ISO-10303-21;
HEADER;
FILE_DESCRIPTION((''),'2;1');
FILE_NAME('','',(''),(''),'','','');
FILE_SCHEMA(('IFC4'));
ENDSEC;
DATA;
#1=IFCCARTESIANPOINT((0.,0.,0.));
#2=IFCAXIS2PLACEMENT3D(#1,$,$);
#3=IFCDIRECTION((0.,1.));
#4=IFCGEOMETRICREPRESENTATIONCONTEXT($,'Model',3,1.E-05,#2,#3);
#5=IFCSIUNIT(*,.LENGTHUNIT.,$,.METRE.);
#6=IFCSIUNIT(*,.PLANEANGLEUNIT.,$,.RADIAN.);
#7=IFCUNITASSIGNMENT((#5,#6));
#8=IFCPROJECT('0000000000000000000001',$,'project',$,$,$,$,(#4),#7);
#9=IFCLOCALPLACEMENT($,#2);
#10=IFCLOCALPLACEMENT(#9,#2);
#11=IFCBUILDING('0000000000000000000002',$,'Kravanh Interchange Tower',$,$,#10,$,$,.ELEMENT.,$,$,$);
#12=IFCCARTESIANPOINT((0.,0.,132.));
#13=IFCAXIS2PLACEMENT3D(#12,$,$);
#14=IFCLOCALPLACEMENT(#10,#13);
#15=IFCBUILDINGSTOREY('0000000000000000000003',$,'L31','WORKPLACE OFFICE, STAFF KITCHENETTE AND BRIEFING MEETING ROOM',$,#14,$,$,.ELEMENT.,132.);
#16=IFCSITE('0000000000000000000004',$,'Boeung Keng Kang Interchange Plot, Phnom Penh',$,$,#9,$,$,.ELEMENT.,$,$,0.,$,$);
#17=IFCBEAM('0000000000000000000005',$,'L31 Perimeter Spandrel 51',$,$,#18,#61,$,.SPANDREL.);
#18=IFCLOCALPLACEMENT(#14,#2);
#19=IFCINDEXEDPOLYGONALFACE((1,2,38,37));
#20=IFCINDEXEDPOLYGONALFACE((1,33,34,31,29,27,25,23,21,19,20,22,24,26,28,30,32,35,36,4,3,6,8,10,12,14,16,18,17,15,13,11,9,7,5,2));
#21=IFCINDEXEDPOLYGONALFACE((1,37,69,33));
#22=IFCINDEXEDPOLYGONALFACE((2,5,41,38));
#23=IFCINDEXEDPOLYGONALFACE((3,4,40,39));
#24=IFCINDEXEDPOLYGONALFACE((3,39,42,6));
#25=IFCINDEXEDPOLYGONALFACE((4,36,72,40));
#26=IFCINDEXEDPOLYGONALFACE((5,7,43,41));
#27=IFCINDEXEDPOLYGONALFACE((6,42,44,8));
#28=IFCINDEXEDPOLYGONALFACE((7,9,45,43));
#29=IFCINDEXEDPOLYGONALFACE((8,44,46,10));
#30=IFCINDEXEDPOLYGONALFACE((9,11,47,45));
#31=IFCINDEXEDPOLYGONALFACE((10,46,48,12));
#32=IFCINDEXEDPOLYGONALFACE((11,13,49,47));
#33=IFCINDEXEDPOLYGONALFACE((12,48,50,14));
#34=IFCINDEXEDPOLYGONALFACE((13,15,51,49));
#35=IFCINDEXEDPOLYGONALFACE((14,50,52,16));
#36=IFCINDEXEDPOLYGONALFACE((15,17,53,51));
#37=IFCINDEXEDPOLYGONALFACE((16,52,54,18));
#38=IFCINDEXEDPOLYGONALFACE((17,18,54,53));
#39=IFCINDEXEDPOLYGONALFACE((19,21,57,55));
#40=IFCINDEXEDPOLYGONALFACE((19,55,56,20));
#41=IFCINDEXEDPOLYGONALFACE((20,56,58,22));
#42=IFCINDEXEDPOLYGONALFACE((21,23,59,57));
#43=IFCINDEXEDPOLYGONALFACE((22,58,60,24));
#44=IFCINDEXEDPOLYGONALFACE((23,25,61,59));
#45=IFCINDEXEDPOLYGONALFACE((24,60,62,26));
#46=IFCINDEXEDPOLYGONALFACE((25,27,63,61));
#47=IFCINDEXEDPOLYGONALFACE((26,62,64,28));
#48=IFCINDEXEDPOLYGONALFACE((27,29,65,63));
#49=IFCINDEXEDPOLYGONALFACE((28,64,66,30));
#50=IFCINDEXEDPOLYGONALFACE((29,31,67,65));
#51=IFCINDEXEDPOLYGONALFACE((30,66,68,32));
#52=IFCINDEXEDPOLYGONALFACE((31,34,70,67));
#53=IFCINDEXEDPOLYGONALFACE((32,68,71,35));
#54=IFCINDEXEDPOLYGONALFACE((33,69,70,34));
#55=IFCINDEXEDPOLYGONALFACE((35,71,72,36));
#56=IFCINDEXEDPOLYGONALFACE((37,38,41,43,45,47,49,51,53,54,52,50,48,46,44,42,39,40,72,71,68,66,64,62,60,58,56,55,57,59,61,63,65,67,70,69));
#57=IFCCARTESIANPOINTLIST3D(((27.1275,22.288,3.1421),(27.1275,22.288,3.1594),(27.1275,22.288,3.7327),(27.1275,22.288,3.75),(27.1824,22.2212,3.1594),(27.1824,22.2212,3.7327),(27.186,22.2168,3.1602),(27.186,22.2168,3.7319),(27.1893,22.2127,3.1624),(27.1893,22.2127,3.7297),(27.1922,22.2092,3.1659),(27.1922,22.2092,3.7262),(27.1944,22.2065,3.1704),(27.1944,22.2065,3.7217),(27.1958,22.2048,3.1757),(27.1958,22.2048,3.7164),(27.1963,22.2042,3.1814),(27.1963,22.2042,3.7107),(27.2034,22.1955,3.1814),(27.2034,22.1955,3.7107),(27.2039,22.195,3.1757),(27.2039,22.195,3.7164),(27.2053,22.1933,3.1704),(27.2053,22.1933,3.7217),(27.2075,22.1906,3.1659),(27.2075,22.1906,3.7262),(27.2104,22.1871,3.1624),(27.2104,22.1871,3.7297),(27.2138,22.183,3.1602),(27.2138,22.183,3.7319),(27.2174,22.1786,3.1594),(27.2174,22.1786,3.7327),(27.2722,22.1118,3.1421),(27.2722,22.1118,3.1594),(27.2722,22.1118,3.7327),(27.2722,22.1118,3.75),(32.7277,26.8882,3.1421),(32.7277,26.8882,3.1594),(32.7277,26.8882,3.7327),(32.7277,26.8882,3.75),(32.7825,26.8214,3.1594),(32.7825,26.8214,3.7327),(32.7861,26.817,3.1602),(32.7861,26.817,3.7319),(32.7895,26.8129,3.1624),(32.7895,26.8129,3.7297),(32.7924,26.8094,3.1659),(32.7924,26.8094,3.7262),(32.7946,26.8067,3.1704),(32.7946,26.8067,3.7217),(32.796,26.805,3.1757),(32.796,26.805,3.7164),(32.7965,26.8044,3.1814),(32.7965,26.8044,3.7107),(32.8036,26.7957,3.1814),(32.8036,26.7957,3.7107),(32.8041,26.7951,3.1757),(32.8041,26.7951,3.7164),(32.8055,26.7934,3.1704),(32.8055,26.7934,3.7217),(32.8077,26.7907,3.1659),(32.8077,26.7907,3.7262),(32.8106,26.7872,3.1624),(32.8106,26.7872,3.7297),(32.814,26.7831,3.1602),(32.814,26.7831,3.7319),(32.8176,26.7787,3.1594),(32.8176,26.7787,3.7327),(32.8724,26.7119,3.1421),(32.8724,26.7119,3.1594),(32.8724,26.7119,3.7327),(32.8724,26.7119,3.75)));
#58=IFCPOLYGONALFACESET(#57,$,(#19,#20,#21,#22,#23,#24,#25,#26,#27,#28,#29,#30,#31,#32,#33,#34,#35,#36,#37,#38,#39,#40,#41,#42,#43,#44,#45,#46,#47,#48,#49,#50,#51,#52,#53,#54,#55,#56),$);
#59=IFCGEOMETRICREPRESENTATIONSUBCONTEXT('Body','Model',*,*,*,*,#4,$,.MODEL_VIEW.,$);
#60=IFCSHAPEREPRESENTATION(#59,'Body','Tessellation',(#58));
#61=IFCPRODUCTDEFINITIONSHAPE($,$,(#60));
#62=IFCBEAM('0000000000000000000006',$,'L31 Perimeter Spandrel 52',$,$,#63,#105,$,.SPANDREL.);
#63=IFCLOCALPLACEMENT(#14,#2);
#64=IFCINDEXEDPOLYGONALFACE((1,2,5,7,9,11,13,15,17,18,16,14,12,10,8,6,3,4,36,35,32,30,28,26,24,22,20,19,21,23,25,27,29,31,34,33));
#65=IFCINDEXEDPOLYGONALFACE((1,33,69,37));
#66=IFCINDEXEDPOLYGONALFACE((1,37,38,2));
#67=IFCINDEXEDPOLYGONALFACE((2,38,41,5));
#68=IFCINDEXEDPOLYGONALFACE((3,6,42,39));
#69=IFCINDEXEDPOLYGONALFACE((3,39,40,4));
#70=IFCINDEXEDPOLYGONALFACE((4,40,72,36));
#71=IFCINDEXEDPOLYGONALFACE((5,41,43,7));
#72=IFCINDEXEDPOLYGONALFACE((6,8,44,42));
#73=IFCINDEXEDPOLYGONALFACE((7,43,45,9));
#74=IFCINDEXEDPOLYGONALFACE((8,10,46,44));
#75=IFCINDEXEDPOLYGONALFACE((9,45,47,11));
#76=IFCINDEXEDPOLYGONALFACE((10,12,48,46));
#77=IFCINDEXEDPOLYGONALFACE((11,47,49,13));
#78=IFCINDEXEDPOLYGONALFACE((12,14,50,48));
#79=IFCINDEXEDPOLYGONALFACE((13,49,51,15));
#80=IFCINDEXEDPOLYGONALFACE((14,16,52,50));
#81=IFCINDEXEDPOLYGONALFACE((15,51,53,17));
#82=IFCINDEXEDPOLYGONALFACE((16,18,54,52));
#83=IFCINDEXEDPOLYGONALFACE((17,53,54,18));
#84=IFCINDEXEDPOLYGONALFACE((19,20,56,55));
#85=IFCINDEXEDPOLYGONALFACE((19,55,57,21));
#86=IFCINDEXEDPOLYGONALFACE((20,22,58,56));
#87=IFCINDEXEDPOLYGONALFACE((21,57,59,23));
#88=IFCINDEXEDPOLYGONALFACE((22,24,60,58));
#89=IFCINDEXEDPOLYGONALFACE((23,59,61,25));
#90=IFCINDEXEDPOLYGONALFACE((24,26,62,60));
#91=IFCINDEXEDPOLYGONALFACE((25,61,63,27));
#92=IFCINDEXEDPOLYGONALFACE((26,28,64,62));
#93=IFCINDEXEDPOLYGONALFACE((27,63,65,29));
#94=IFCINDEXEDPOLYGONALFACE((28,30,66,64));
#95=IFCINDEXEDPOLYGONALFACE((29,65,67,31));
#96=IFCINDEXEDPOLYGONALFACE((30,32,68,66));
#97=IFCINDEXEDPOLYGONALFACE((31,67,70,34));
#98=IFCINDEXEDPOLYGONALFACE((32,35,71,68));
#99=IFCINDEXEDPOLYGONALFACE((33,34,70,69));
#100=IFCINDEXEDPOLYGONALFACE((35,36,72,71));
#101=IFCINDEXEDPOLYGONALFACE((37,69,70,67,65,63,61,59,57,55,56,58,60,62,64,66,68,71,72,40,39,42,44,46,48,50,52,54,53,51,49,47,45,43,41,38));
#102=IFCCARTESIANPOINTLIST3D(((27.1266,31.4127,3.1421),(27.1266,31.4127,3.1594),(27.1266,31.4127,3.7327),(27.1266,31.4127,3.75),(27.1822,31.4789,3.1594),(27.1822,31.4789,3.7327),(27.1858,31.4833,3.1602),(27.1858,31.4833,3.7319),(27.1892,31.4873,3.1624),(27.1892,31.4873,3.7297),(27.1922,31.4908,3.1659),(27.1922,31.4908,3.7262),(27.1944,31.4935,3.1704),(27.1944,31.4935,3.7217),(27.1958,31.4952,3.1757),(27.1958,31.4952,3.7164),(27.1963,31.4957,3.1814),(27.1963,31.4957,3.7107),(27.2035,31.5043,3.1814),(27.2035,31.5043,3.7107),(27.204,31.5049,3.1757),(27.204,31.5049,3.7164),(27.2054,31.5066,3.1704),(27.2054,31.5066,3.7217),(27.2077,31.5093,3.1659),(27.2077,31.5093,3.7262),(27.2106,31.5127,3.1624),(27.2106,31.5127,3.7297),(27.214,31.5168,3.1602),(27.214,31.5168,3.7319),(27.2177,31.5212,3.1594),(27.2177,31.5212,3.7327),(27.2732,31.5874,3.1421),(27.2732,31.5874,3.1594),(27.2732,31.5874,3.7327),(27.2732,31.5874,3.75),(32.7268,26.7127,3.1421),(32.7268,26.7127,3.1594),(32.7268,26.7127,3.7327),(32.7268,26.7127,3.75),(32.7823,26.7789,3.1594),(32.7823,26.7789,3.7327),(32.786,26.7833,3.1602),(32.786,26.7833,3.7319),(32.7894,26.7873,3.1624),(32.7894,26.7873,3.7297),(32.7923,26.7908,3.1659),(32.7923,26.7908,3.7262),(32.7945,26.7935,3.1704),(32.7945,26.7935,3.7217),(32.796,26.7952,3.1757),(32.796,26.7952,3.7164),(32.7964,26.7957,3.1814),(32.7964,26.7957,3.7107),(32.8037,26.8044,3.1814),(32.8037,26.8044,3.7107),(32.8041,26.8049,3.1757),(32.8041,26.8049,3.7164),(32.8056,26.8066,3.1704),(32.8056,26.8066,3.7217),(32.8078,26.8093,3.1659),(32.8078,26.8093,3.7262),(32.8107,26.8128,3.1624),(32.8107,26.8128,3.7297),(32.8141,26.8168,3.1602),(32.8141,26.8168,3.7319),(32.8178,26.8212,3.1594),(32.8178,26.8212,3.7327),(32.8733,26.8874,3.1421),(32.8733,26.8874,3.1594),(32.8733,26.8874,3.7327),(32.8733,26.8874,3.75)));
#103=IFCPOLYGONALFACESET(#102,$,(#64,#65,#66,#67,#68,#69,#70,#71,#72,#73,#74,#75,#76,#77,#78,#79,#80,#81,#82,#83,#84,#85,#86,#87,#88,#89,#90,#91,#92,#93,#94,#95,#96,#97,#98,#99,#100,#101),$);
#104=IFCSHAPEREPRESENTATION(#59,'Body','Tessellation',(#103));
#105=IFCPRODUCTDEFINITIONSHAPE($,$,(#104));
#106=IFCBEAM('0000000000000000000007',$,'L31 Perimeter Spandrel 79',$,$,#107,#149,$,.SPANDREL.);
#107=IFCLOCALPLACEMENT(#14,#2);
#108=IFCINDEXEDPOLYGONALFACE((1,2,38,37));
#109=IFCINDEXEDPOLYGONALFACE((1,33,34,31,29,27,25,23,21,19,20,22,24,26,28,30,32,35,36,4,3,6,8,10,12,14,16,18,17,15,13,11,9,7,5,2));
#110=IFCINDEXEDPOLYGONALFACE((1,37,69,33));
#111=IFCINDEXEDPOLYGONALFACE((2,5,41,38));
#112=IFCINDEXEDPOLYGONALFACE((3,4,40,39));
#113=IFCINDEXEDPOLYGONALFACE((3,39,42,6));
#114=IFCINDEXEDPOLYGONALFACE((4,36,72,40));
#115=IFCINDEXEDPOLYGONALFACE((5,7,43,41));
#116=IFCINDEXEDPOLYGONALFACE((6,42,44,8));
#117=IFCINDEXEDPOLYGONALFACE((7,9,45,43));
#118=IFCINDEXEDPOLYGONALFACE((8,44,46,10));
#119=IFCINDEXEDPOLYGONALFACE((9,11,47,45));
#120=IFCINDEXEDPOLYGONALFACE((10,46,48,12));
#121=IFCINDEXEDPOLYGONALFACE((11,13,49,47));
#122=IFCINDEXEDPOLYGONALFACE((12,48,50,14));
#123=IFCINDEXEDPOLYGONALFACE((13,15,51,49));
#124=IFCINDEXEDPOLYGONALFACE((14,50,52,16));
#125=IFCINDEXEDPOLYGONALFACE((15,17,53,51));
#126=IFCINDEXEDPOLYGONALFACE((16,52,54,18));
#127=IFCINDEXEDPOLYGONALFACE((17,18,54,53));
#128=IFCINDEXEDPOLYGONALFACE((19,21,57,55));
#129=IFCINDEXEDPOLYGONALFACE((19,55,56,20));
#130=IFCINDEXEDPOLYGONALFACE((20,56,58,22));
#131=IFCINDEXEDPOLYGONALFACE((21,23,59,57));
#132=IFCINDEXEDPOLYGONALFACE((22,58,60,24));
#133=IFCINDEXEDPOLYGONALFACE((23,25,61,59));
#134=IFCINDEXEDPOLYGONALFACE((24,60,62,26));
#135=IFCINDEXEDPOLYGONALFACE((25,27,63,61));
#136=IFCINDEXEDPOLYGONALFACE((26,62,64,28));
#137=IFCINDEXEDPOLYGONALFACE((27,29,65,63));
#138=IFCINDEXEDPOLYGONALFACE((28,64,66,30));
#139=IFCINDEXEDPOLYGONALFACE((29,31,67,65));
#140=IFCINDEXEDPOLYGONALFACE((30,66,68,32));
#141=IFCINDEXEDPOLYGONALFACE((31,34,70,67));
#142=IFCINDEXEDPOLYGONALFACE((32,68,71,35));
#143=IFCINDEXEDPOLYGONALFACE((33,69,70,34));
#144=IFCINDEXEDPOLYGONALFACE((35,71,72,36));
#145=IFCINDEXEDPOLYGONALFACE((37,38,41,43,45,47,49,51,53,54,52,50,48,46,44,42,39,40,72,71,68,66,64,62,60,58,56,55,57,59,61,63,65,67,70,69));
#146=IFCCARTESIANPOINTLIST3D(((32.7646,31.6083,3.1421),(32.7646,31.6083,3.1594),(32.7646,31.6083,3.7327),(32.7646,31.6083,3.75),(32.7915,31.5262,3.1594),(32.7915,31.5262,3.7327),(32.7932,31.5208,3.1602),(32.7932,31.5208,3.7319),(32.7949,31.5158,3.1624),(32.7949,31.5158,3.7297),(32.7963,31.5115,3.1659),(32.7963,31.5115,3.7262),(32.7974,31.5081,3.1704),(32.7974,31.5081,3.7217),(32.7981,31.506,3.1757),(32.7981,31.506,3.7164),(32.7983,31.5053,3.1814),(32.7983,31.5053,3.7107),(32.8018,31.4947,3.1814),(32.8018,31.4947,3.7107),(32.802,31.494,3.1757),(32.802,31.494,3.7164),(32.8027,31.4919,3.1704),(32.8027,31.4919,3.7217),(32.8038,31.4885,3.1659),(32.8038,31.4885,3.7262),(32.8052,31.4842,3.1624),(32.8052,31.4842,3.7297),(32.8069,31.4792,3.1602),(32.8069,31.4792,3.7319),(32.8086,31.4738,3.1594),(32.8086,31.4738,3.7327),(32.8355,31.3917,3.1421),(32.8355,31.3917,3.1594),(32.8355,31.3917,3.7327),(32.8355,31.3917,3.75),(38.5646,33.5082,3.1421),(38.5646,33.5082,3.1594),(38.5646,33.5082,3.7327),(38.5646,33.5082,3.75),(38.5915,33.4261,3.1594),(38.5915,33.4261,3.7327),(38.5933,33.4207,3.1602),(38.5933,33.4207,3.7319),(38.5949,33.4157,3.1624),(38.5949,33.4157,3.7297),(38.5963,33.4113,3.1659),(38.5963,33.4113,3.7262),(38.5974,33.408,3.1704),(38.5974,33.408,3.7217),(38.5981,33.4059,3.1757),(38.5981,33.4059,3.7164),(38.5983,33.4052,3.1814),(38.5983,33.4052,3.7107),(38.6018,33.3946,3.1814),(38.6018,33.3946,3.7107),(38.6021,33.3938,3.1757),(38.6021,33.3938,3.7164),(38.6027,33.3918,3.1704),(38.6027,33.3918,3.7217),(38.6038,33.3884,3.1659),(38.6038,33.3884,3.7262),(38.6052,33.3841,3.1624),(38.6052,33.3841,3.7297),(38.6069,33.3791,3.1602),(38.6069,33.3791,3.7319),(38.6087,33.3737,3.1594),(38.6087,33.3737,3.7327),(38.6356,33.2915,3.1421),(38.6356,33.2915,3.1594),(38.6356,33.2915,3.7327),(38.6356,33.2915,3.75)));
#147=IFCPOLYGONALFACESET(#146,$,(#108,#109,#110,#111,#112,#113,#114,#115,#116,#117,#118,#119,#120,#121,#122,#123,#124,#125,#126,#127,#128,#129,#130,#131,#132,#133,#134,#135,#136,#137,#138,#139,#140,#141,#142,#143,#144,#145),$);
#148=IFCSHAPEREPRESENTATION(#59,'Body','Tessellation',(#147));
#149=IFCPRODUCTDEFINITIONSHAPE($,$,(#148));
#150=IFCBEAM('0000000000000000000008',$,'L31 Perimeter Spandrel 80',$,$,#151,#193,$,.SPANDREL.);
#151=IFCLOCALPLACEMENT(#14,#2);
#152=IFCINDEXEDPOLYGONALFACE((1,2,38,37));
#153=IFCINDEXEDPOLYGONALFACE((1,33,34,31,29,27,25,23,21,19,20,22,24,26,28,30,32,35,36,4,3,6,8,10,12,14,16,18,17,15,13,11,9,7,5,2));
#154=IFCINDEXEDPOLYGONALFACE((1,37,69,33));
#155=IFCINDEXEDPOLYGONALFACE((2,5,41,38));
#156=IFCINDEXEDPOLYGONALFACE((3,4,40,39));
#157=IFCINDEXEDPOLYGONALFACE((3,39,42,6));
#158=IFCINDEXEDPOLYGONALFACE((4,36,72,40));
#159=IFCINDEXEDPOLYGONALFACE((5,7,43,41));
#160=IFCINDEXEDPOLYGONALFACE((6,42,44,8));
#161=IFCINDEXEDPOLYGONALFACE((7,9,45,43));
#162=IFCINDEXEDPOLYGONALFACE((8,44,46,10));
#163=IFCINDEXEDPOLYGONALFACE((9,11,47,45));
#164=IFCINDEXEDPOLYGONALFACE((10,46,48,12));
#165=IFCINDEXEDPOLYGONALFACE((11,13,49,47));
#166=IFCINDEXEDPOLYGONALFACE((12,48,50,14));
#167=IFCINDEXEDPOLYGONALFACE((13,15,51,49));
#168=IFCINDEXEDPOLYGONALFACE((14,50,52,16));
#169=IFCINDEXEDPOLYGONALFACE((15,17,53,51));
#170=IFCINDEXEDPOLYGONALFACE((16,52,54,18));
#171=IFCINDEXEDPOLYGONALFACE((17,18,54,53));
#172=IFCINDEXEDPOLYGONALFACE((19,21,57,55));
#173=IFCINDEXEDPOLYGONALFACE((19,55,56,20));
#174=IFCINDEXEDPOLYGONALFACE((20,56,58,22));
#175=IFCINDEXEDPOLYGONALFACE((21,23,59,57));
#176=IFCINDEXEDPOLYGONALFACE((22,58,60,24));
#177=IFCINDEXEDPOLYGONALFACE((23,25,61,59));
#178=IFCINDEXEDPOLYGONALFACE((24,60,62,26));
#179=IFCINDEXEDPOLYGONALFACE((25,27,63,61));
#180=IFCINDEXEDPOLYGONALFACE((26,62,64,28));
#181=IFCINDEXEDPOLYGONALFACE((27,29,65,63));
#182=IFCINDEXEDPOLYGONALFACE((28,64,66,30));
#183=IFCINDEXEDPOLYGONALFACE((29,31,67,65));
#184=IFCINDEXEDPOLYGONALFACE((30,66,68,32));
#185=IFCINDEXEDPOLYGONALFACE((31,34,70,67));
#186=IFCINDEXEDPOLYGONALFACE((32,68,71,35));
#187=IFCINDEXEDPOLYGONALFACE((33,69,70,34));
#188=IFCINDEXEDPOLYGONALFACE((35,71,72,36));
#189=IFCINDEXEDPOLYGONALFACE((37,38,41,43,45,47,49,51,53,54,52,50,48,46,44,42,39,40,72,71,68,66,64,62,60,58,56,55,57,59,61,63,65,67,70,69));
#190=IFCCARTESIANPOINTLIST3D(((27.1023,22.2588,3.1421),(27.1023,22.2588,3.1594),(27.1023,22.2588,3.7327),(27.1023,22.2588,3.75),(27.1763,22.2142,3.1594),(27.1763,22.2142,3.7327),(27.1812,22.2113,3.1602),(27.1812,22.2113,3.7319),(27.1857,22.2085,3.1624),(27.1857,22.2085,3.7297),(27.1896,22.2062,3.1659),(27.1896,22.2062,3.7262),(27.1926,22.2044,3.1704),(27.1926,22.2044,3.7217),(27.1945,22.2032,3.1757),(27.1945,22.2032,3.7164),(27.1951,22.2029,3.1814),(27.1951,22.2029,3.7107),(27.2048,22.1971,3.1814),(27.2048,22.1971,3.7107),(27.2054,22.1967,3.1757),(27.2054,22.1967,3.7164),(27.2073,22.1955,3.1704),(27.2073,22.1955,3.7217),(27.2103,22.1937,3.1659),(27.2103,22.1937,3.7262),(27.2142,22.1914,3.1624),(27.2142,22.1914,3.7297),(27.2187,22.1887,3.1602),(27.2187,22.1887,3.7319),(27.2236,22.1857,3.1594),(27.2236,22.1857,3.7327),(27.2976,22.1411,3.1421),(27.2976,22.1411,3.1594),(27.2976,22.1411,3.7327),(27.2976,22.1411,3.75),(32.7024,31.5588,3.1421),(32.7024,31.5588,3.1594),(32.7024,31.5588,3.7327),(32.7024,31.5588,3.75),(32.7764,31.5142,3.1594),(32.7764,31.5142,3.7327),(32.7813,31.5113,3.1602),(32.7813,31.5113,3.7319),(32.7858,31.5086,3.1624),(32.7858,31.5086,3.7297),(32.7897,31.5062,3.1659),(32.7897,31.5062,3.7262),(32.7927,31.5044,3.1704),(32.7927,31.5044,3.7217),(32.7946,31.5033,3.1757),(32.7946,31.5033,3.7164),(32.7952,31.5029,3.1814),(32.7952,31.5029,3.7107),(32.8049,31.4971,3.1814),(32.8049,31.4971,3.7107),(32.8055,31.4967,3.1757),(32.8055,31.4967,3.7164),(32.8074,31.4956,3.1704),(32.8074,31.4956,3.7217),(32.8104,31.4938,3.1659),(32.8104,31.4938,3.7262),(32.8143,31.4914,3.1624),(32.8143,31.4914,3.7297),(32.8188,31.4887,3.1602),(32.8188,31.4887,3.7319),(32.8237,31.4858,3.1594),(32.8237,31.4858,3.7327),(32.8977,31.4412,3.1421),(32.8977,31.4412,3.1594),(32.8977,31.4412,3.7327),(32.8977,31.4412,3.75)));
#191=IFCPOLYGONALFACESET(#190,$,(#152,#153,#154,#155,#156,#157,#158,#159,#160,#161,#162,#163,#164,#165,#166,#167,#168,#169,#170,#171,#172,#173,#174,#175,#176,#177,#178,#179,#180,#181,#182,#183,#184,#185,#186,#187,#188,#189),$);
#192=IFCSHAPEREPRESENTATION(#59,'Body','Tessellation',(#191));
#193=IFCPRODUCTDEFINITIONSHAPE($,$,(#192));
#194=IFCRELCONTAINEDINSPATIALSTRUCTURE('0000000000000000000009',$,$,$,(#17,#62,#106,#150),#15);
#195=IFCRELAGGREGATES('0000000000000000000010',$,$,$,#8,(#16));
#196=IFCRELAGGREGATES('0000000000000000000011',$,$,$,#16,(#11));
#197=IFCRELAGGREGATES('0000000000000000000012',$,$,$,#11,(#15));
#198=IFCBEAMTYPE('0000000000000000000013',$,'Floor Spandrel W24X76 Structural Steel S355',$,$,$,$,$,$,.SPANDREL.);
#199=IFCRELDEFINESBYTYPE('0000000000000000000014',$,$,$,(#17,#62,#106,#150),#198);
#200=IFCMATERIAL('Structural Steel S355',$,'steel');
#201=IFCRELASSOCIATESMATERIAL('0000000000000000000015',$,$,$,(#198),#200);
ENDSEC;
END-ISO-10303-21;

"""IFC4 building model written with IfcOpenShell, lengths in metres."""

from ifc_helpers import new_model, si_unit, direction, frame, origin, origin_2d, place, context, subcontext, project, spatial, i_section, extrude, material, material_profile, profile_set, type_object, element, save


model = new_model("IFC4")

# Units and contexts
model_context = context("Model", 3, precision=1e-05, world=origin(), true_north=direction((0.0, 1.0)))
body_context = subcontext(model_context, "Body", "Model", "MODEL_VIEW")
ifc_project = project(units=[si_unit("LENGTHUNIT", "METRE"), si_unit("PLANEANGLEUNIT", "RADIAN")], contexts=[model_context])

# Site, building, storey
site_placement = place(None, origin())
site = spatial("IfcSite", under=ifc_project, at=site_placement, Name="Boeung Keng Kang Interchange Plot, Phnom Penh", CompositionType="ELEMENT", RefElevation=0.0)
building_placement = place(site_placement, origin())
building = spatial("IfcBuilding", under=site, at=building_placement, Name="Kravanh Interchange Tower", CompositionType="ELEMENT")
storey_placement = place(building_placement, frame((0.0, 0.0, 132.0)))
storey = spatial("IfcBuildingStorey", under=building, at=storey_placement, Name="L31", Description="WORKPLACE OFFICE, STAFF KITCHENETTE AND BRIEFING MEETING ROOM", CompositionType="ELEMENT", Elevation=132.0)

# Beams
ifc_material_1 = material(Name="Structural Steel S355", Category="steel")
ifc_material_profile_1 = material_profile(ifc_material_1, i_section(OverallWidth=0.228, OverallDepth=0.6079, WebThickness=0.0112, FlangeThickness=0.0173, FilletRadius=0.022, at=origin_2d()), Name="W24X76")
ifc_profile_set_1 = profile_set([ifc_material_profile_1], Name="Structural Steel S355")
beam_type_1 = type_object("IfcBeamType", Name="Floor Spandrel W24X76 Structural Steel S355", PredefinedType="SPANDREL", material=ifc_profile_set_1)
beam_1_placement = place(storey_placement, frame((32.8, 26.8, 3.446), z_axis=(-0.772725, -0.634741, 0.0), x_axis=(0.634741, -0.772725, 0.0)))
element("IfcBeam", 1, at=beam_1_placement, inside=storey, type_object=beam_type_1, Name="L31 Perimeter Spandrel 51", PredefinedType="SPANDREL", context=body_context, shape_type="SweptSolid", body=[
    extrude(i_section(OverallWidth=0.228, OverallDepth=0.6079, WebThickness=0.0112, FlangeThickness=0.0173, FilletRadius=0.022, at=origin_2d()), origin(), (0.0, 0.0, 1.0), 7.2473),
])
beam_2_placement = place(storey_placement, frame((32.8, 26.8, 3.446), z_axis=(-0.765983, 0.642861, 0.0), x_axis=(-0.642861, -0.765983, 0.0)))
element("IfcBeam", 2, at=beam_2_placement, inside=storey, type_object=beam_type_1, Name="L31 Perimeter Spandrel 52", PredefinedType="SPANDREL", context=body_context, shape_type="SweptSolid", body=[
    extrude(i_section(OverallWidth=0.228, OverallDepth=0.6079, WebThickness=0.0112, FlangeThickness=0.0173, FilletRadius=0.022, at=origin_2d()), origin(), (0.0, 0.0, 1.0), 7.311),
])
beam_3_placement = place(storey_placement, frame((32.8, 31.5, 3.446), z_axis=(0.950315, 0.311291, 0.0), x_axis=(-0.311291, 0.950315, 0.0)))
element("IfcBeam", 3, at=beam_3_placement, inside=storey, type_object=beam_type_1, Name="L31 Perimeter Spandrel 79", PredefinedType="SPANDREL", context=body_context, shape_type="SweptSolid", body=[
    extrude(i_section(OverallWidth=0.228, OverallDepth=0.6079, WebThickness=0.0112, FlangeThickness=0.0173, FilletRadius=0.022, at=origin_2d()), origin(), (0.0, 0.0, 1.0), 6.1033),
])
beam_4_placement = place(storey_placement, frame((32.8, 31.5, 3.446), z_axis=(-0.515854, -0.856676, 0.0), x_axis=(0.856676, -0.515854, 0.0)))
element("IfcBeam", 4, at=beam_4_placement, inside=storey, type_object=beam_type_1, Name="L31 Perimeter Spandrel 80", PredefinedType="SPANDREL", context=body_context, shape_type="SweptSolid", body=[
    extrude(i_section(OverallWidth=0.228, OverallDepth=0.6079, WebThickness=0.0112, FlangeThickness=0.0173, FilletRadius=0.022, at=origin_2d()), origin(), (0.0, 0.0, 1.0), 10.856),
])

save(model, "model.ifc")
